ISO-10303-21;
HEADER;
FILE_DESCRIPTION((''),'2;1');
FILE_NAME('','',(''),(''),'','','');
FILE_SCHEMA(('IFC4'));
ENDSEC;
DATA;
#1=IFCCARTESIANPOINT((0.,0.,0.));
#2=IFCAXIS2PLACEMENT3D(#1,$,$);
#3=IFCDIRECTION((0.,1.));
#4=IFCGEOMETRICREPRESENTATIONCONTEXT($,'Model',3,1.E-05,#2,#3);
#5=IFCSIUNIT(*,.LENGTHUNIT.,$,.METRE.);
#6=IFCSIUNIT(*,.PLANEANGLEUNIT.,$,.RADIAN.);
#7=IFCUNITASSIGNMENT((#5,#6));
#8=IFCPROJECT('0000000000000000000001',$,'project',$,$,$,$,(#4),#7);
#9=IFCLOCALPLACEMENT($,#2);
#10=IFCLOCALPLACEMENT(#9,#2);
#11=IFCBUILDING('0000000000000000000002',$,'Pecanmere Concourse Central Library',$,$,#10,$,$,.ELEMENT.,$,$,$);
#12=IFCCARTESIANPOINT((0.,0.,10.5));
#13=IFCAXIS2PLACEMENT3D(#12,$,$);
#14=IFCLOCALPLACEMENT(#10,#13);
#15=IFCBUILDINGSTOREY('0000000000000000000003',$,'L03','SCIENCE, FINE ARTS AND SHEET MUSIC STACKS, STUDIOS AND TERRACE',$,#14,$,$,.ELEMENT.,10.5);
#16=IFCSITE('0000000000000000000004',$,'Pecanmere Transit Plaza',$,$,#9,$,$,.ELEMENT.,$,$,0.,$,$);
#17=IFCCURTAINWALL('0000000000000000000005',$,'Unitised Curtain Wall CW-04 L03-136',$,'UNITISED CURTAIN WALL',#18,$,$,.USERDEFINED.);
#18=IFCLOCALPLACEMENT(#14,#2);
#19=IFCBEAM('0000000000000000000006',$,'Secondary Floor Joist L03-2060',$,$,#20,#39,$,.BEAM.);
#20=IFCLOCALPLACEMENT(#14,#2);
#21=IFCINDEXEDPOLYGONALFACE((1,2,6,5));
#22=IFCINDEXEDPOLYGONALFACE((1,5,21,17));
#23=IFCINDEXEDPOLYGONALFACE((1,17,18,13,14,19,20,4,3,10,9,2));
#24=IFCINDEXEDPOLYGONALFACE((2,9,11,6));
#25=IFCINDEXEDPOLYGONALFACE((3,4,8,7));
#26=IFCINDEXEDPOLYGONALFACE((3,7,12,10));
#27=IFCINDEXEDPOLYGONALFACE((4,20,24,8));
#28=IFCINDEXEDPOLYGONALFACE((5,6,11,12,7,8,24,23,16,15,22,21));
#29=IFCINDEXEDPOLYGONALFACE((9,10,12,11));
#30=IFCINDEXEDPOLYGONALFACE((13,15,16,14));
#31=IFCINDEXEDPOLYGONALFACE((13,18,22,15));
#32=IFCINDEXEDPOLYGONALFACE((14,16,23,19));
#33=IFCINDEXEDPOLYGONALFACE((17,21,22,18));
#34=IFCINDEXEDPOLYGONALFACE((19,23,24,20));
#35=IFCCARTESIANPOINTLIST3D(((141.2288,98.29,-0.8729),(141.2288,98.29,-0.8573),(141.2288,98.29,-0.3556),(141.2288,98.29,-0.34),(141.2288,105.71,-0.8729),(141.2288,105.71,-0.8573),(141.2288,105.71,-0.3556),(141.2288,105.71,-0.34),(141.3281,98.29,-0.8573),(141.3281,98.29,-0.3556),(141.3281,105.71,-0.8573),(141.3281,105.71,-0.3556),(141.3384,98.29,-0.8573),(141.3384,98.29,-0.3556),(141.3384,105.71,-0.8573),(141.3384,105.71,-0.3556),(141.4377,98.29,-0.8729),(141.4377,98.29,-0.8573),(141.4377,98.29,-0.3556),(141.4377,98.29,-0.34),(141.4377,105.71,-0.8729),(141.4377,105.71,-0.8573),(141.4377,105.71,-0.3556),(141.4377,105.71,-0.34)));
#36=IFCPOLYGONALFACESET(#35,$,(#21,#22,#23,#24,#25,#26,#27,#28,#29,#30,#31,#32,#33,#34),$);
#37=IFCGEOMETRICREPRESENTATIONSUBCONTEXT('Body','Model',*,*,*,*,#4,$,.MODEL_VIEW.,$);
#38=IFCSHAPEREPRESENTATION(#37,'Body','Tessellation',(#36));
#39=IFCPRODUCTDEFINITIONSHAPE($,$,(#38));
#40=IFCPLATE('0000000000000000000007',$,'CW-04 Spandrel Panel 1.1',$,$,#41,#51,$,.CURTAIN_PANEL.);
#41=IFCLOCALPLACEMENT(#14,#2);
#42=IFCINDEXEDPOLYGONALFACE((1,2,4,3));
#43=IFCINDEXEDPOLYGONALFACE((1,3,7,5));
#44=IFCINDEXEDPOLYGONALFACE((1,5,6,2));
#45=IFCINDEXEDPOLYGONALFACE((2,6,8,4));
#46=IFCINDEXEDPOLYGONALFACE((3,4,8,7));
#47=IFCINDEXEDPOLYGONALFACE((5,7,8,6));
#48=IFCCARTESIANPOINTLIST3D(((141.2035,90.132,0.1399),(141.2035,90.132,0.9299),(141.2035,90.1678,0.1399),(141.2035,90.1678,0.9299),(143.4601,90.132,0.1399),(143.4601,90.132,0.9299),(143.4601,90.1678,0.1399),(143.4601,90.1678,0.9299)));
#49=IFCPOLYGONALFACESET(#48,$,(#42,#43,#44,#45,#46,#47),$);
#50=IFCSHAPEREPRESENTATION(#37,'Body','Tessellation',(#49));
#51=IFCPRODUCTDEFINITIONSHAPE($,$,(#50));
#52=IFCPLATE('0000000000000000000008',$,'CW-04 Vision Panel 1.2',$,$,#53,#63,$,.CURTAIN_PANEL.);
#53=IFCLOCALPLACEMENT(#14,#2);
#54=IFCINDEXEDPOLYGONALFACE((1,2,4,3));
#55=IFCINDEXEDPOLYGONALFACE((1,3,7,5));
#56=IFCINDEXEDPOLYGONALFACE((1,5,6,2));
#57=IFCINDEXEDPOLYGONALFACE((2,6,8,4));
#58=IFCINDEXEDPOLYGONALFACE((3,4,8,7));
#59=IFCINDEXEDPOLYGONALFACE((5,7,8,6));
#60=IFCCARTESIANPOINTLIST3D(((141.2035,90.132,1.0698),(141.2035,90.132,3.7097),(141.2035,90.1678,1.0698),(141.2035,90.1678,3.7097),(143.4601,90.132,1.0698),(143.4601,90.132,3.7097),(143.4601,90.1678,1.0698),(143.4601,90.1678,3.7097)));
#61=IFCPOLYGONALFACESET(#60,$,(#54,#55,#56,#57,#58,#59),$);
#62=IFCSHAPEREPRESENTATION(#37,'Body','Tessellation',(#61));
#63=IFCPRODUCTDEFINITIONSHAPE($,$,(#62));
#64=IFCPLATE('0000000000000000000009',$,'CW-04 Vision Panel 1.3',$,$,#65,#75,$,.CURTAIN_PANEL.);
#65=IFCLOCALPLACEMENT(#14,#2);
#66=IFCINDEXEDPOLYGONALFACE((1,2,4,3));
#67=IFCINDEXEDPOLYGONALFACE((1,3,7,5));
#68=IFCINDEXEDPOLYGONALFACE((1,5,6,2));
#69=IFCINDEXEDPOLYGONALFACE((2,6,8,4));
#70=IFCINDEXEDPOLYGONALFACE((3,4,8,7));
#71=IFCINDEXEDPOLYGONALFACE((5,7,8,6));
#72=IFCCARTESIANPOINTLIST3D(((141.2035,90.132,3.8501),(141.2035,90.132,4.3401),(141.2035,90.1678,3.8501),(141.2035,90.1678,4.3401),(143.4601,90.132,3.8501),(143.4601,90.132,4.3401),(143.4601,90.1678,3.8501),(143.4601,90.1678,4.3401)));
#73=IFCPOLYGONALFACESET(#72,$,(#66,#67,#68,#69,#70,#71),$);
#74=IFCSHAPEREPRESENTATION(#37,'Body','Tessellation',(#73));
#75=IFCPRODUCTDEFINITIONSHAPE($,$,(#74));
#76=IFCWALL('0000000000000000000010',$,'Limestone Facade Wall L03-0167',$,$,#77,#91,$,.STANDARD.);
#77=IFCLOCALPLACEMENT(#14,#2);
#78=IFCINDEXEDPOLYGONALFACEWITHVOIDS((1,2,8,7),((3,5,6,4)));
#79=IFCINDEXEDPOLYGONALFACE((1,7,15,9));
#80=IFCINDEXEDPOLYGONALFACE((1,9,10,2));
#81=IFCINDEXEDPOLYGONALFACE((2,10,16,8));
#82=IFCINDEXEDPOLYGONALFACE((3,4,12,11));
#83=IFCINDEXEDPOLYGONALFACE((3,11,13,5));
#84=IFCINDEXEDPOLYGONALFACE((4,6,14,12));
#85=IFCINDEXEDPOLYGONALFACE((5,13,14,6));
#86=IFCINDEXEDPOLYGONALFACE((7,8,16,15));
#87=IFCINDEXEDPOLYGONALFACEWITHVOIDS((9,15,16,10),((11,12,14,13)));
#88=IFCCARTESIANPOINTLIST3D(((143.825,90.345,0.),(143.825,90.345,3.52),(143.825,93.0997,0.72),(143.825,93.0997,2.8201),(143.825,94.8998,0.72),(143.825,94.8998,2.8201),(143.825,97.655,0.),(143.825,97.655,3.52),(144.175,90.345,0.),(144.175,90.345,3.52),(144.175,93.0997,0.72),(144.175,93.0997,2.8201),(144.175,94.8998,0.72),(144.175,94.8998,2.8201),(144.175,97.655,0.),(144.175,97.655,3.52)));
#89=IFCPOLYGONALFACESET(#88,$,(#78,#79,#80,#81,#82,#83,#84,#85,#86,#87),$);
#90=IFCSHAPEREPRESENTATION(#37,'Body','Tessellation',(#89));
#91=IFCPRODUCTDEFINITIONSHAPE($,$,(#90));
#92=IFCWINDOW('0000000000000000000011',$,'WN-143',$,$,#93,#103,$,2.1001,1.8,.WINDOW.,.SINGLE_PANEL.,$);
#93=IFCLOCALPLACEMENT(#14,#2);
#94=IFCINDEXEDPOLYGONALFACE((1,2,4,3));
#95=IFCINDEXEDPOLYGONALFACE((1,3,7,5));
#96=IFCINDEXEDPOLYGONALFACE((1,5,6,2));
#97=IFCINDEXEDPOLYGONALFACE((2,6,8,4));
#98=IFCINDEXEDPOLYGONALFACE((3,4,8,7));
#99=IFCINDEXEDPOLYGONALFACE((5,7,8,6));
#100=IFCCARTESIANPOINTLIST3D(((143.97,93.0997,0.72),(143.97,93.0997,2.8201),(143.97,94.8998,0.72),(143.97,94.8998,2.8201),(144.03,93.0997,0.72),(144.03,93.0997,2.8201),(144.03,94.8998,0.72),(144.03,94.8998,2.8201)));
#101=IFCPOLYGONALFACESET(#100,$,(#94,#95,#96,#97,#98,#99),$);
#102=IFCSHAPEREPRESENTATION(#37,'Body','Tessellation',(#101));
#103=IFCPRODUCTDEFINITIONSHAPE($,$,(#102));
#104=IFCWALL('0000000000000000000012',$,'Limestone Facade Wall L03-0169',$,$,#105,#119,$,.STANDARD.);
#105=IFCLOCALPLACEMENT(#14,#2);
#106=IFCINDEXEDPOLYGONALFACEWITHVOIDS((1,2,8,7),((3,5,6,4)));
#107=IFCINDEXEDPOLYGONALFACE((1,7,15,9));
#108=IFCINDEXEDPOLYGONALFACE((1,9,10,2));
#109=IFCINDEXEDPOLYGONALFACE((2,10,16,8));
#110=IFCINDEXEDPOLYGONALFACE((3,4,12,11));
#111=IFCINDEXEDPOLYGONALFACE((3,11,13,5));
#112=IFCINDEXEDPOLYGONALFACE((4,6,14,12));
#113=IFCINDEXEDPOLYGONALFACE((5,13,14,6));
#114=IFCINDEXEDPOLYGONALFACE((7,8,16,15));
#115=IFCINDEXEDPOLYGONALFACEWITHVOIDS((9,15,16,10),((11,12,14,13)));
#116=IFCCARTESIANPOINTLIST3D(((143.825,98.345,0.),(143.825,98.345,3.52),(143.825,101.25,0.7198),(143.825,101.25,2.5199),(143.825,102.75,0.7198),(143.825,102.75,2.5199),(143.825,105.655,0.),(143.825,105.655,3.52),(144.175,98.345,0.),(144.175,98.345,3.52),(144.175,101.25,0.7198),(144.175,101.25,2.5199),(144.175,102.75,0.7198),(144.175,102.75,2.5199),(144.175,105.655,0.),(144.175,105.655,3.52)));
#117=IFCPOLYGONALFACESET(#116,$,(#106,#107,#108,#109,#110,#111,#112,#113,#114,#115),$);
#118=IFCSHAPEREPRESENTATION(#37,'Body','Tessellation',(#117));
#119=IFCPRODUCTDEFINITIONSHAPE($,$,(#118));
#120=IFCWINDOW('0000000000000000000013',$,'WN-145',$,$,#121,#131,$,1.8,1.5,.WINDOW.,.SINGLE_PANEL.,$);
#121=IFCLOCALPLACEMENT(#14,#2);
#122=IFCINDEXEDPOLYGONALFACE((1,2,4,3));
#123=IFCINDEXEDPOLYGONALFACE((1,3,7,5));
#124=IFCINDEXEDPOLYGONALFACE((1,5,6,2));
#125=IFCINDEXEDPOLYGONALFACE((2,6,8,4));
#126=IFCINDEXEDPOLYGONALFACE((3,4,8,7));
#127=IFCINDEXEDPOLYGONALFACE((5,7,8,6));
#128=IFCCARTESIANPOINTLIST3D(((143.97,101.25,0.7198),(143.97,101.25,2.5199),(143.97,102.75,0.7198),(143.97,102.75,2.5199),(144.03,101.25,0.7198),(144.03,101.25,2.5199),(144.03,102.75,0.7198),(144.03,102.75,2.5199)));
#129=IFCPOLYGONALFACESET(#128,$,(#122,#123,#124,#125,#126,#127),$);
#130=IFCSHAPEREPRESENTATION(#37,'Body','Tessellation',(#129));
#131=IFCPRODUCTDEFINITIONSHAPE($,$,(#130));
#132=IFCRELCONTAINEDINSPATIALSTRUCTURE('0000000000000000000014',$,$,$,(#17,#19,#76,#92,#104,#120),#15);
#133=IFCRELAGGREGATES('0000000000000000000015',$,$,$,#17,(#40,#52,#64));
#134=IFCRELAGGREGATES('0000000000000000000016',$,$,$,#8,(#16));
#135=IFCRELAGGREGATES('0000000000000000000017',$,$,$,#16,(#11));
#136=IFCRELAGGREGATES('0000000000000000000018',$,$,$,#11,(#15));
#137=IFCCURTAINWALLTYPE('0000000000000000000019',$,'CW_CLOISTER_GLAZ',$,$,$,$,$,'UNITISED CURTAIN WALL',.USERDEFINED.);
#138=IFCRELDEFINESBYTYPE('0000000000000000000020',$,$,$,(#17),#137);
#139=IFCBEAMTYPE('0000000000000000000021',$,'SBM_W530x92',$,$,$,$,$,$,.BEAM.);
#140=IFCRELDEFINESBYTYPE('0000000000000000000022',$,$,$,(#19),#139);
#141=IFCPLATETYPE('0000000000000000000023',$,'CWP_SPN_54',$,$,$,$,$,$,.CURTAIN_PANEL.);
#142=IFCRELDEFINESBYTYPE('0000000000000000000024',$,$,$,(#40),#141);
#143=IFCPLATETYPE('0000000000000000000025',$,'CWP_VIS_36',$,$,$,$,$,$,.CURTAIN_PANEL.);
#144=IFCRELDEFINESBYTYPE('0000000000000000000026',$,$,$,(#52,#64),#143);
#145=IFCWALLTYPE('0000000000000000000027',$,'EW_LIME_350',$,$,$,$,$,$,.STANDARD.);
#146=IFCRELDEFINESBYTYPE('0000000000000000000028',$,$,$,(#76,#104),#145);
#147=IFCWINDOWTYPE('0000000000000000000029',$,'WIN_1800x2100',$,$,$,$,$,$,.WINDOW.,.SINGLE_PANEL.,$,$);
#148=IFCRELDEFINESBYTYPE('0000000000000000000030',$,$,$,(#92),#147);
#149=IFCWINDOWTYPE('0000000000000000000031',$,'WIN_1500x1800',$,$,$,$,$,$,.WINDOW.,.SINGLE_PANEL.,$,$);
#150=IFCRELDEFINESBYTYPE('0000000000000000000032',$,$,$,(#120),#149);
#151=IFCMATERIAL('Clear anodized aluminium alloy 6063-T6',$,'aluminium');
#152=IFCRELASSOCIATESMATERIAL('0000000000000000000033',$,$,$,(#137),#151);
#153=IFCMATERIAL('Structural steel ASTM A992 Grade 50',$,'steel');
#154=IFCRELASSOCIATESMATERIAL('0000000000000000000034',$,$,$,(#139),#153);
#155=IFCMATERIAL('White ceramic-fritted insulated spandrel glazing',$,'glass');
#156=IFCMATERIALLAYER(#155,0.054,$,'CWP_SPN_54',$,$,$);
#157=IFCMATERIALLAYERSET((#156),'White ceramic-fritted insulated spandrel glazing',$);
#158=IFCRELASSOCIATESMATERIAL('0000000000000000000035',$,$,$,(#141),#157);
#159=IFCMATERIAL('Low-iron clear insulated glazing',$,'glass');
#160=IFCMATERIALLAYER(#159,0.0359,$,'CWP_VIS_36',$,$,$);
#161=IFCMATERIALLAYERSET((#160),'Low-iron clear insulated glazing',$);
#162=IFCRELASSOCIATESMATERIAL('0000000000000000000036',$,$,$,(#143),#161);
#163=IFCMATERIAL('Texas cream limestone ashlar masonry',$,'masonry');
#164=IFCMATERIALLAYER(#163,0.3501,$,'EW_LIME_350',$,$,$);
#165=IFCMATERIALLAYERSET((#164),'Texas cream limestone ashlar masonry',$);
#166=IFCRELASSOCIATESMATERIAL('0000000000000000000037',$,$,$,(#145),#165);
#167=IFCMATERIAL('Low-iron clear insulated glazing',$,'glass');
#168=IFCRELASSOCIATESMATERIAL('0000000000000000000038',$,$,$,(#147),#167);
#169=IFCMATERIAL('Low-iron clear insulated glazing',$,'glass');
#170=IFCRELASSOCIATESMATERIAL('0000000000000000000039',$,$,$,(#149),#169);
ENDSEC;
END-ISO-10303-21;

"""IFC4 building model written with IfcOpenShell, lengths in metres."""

from ifc_helpers import new_model, si_unit, direction, frame, frame_2d, origin, origin_2d, place, context, subcontext, project, spatial, rectangle, i_section, extrude, material, layer, layer_set, material_profile, profile_set, type_object, element, fill, aggregate, save


model = new_model("IFC4")

# Units and contexts
model_context = context("Model", 3, precision=1e-05, world=origin(), true_north=direction((0.0, 1.0)))
body_context = subcontext(model_context, "Body", "Model", "MODEL_VIEW")
ifc_project = project(units=[si_unit("LENGTHUNIT", "METRE"), si_unit("PLANEANGLEUNIT", "RADIAN")], contexts=[model_context])

# Site, building, storey
site_placement = place(None, origin())
site = spatial("IfcSite", under=ifc_project, at=site_placement, Name="Pecanmere Transit Plaza", CompositionType="ELEMENT", RefElevation=0.0)
building_placement = place(site_placement, origin())
building = spatial("IfcBuilding", under=site, at=building_placement, Name="Pecanmere Concourse Central Library", CompositionType="ELEMENT")
storey_placement = place(building_placement, frame((0.0, 0.0, 10.5)))
storey = spatial("IfcBuildingStorey", under=building, at=storey_placement, Name="L03", Description="SCIENCE, FINE ARTS AND SHEET MUSIC STACKS, STUDIOS AND TERRACE", CompositionType="ELEMENT", Elevation=10.5)

# Curtain wall
ifc_material_1 = material(Name="Clear anodized aluminium alloy 6063-T6", Category="aluminium")
curtain_wall_type = type_object("IfcCurtainWallType", Name="CW_CLOISTER_GLAZ", ElementType="UNITISED CURTAIN WALL", PredefinedType="USERDEFINED", material=ifc_material_1)
curtain_wall_placement = place(storey_placement, origin())
curtain_wall = element("IfcCurtainWall", 1, at=curtain_wall_placement, inside=storey, type_object=curtain_wall_type, Name="Unitised Curtain Wall CW-04 L03-136", ObjectType="UNITISED CURTAIN WALL", PredefinedType="USERDEFINED")

# Beam
ifc_material_2 = material(Name="Structural steel ASTM A992 Grade 50", Category="steel")
ifc_material_profile_1 = material_profile(ifc_material_2, i_section(OverallWidth=0.209, OverallDepth=0.533, WebThickness=0.0103, FlangeThickness=0.0156, at=origin_2d()), Name="W530x92")
ifc_profile_set_1 = profile_set([ifc_material_profile_1], Name="Structural steel ASTM A992 Grade 50")
beam_type_1 = type_object("IfcBeamType", Name="SBM_W530x92", PredefinedType="BEAM", material=ifc_profile_set_1)
beam_1_placement = place(storey_placement, frame((141.3333, 98.29, -0.6064), z_axis=(0.0, 1.0, 0.0), x_axis=(-1.0, 0.0, 0.0)))
element("IfcBeam", 2, at=beam_1_placement, inside=storey, type_object=beam_type_1, Name="Secondary Floor Joist L03-2060", PredefinedType="BEAM", context=body_context, shape_type="SweptSolid", body=[
    extrude(i_section(OverallWidth=0.209, OverallDepth=0.533, WebThickness=0.0103, FlangeThickness=0.0156, at=origin_2d()), origin(), (0.0, 0.0, 1.0), 7.4199),
])

# Plates
ifc_material_3 = material(Name="White ceramic-fritted insulated spandrel glazing", Category="glass")
ifc_layer_1 = layer(ifc_material_3, 0.054, Name="CWP_SPN_54")
ifc_layer_set_1 = layer_set([ifc_layer_1], Name="White ceramic-fritted insulated spandrel glazing")
plate_type_1 = type_object("IfcPlateType", Name="CWP_SPN_54", PredefinedType="CURTAIN_PANEL", material=ifc_layer_set_1)
plate_1_placement = place(storey_placement, frame((142.3318, 90.1499, 0.1399), z_axis=(0.0, 0.0, 1.0), x_axis=(-1.0, 0.0, 0.0)))
plate_1 = element("IfcPlate", 3, at=plate_1_placement, type_object=plate_type_1, Name="CW-04 Spandrel Panel 1.1", PredefinedType="CURTAIN_PANEL", context=body_context, shape_type="SweptSolid", body=[
    extrude(rectangle(XDim=2.2566, YDim=0.0359, at=origin_2d()), origin(), (0.0, 0.0, 1.0), 0.79),
])
ifc_material_4 = material(Name="Low-iron clear insulated glazing", Category="glass")
ifc_layer_2 = layer(ifc_material_4, 0.0359, Name="CWP_VIS_36")
ifc_layer_set_2 = layer_set([ifc_layer_2], Name="Low-iron clear insulated glazing")
plate_type_2 = type_object("IfcPlateType", Name="CWP_VIS_36", PredefinedType="CURTAIN_PANEL", material=ifc_layer_set_2)
plate_2_placement = place(storey_placement, frame((142.3318, 90.1499, 1.0698), z_axis=(0.0, 0.0, 1.0), x_axis=(-1.0, 0.0, 0.0)))
plate_2 = element("IfcPlate", 4, at=plate_2_placement, type_object=plate_type_2, Name="CW-04 Vision Panel 1.2", PredefinedType="CURTAIN_PANEL", context=body_context, shape_type="SweptSolid", body=[
    extrude(rectangle(XDim=2.2566, YDim=0.0359, at=origin_2d()), origin(), (0.0, 0.0, 1.0), 2.6399),
])
plate_3_placement = place(storey_placement, frame((142.3318, 90.1499, 3.8501), z_axis=(0.0, 0.0, 1.0), x_axis=(-1.0, 0.0, 0.0)))
plate_3 = element("IfcPlate", 5, at=plate_3_placement, type_object=plate_type_2, Name="CW-04 Vision Panel 1.3", PredefinedType="CURTAIN_PANEL", context=body_context, shape_type="SweptSolid", body=[
    extrude(rectangle(XDim=2.2566, YDim=0.0359, at=origin_2d()), origin(), (0.0, 0.0, 1.0), 0.49),
])
aggregate(curtain_wall, [plate_1, plate_2, plate_3])

# Walls, openings, windows
ifc_material_5 = material(Name="Texas cream limestone ashlar masonry", Category="masonry")
ifc_layer_3 = layer(ifc_material_5, 0.3501, Name="EW_LIME_350")
ifc_layer_set_3 = layer_set([ifc_layer_3], Name="Texas cream limestone ashlar masonry")
wall_type = type_object("IfcWallType", Name="EW_LIME_350", PredefinedType="STANDARD", material=ifc_layer_set_3)
wall_1_placement = place(storey_placement, frame((144.0, 90.345, 0.0), z_axis=(0.0, 0.0, 1.0), x_axis=(0.0, 1.0, 0.0)))
wall_1 = element("IfcWall", 6, at=wall_1_placement, inside=storey, type_object=wall_type, Name="Limestone Facade Wall L03-0167", PredefinedType="STANDARD", context=body_context, shape_type="SweptSolid", body=[
    extrude(rectangle(XDim=7.3101, YDim=0.3501, at=frame_2d((3.655, 0.0))), origin(), (0.0, 0.0, 1.0), 3.52),
])
opening_1_placement = place(wall_1_placement, frame((2.7549, 0.0, 0.72)))
opening_1 = element("IfcOpeningElement", 7, at=opening_1_placement, cuts=wall_1, PredefinedType="OPENING", context=body_context, shape_type="SweptSolid", body=[
    extrude(rectangle(XDim=1.8, YDim=2.1001, at=frame_2d((0.8999, 1.05))), frame((0.0, 0.187, 0.0), z_axis=(0.0, -1.0, 0.0), x_axis=(1.0, 0.0, 0.0)), (0.0, 0.0, 1.0), 0.374),
])
ifc_material_6 = material(Name="Low-iron clear insulated glazing", Category="glass")
window_type_1 = type_object("IfcWindowType", Name="WIN_1800x2100", PartitioningType="SINGLE_PANEL", PredefinedType="WINDOW", material=ifc_material_6)
window_1_placement = place(opening_1_placement, origin())
window_1 = element("IfcWindow", 8, at=window_1_placement, inside=storey, type_object=window_type_1, Name="WN-143", OverallHeight=2.1001, OverallWidth=1.8, PartitioningType="SINGLE_PANEL", PredefinedType="WINDOW", context=body_context, shape_type="SweptSolid", body=[
    extrude(rectangle(XDim=1.8, YDim=2.1001, at=frame_2d((0.8999, 1.05))), frame((0.0, 0.03, 0.0), z_axis=(0.0, -1.0, 0.0), x_axis=(1.0, 0.0, 0.0)), (0.0, 0.0, 1.0), 0.0601),
])
fill(opening_1, window_1)
wall_2_placement = place(storey_placement, frame((144.0, 98.345, 0.0), z_axis=(0.0, 0.0, 1.0), x_axis=(0.0, 1.0, 0.0)))
wall_2 = element("IfcWall", 9, at=wall_2_placement, inside=storey, type_object=wall_type, Name="Limestone Facade Wall L03-0169", PredefinedType="STANDARD", context=body_context, shape_type="SweptSolid", body=[
    extrude(rectangle(XDim=7.3101, YDim=0.3501, at=frame_2d((3.655, 0.0))), origin(), (0.0, 0.0, 1.0), 3.52),
])
opening_2_placement = place(wall_2_placement, frame((2.905, 0.0, 0.72)))
opening_2 = element("IfcOpeningElement", 10, at=opening_2_placement, cuts=wall_2, PredefinedType="OPENING", context=body_context, shape_type="SweptSolid", body=[
    extrude(rectangle(XDim=1.5, YDim=1.8, at=frame_2d((0.75, 0.8999))), frame((0.0, 0.187, 0.0), z_axis=(0.0, -1.0, 0.0), x_axis=(1.0, 0.0, 0.0)), (0.0, 0.0, 1.0), 0.374),
])
ifc_material_7 = material(Name="Low-iron clear insulated glazing", Category="glass")
window_type_2 = type_object("IfcWindowType", Name="WIN_1500x1800", PartitioningType="SINGLE_PANEL", PredefinedType="WINDOW", material=ifc_material_7)
window_2_placement = place(opening_2_placement, origin())
window_2 = element("IfcWindow", 11, at=window_2_placement, inside=storey, type_object=window_type_2, Name="WN-145", OverallHeight=1.8, OverallWidth=1.5, PartitioningType="SINGLE_PANEL", PredefinedType="WINDOW", context=body_context, shape_type="SweptSolid", body=[
    extrude(rectangle(XDim=1.5, YDim=1.8, at=frame_2d((0.75, 0.8999))), frame((0.0, 0.03, 0.0), z_axis=(0.0, -1.0, 0.0), x_axis=(1.0, 0.0, 0.0)), (0.0, 0.0, 1.0), 0.0601),
])
fill(opening_2, window_2)

save(model, "model.ifc")
